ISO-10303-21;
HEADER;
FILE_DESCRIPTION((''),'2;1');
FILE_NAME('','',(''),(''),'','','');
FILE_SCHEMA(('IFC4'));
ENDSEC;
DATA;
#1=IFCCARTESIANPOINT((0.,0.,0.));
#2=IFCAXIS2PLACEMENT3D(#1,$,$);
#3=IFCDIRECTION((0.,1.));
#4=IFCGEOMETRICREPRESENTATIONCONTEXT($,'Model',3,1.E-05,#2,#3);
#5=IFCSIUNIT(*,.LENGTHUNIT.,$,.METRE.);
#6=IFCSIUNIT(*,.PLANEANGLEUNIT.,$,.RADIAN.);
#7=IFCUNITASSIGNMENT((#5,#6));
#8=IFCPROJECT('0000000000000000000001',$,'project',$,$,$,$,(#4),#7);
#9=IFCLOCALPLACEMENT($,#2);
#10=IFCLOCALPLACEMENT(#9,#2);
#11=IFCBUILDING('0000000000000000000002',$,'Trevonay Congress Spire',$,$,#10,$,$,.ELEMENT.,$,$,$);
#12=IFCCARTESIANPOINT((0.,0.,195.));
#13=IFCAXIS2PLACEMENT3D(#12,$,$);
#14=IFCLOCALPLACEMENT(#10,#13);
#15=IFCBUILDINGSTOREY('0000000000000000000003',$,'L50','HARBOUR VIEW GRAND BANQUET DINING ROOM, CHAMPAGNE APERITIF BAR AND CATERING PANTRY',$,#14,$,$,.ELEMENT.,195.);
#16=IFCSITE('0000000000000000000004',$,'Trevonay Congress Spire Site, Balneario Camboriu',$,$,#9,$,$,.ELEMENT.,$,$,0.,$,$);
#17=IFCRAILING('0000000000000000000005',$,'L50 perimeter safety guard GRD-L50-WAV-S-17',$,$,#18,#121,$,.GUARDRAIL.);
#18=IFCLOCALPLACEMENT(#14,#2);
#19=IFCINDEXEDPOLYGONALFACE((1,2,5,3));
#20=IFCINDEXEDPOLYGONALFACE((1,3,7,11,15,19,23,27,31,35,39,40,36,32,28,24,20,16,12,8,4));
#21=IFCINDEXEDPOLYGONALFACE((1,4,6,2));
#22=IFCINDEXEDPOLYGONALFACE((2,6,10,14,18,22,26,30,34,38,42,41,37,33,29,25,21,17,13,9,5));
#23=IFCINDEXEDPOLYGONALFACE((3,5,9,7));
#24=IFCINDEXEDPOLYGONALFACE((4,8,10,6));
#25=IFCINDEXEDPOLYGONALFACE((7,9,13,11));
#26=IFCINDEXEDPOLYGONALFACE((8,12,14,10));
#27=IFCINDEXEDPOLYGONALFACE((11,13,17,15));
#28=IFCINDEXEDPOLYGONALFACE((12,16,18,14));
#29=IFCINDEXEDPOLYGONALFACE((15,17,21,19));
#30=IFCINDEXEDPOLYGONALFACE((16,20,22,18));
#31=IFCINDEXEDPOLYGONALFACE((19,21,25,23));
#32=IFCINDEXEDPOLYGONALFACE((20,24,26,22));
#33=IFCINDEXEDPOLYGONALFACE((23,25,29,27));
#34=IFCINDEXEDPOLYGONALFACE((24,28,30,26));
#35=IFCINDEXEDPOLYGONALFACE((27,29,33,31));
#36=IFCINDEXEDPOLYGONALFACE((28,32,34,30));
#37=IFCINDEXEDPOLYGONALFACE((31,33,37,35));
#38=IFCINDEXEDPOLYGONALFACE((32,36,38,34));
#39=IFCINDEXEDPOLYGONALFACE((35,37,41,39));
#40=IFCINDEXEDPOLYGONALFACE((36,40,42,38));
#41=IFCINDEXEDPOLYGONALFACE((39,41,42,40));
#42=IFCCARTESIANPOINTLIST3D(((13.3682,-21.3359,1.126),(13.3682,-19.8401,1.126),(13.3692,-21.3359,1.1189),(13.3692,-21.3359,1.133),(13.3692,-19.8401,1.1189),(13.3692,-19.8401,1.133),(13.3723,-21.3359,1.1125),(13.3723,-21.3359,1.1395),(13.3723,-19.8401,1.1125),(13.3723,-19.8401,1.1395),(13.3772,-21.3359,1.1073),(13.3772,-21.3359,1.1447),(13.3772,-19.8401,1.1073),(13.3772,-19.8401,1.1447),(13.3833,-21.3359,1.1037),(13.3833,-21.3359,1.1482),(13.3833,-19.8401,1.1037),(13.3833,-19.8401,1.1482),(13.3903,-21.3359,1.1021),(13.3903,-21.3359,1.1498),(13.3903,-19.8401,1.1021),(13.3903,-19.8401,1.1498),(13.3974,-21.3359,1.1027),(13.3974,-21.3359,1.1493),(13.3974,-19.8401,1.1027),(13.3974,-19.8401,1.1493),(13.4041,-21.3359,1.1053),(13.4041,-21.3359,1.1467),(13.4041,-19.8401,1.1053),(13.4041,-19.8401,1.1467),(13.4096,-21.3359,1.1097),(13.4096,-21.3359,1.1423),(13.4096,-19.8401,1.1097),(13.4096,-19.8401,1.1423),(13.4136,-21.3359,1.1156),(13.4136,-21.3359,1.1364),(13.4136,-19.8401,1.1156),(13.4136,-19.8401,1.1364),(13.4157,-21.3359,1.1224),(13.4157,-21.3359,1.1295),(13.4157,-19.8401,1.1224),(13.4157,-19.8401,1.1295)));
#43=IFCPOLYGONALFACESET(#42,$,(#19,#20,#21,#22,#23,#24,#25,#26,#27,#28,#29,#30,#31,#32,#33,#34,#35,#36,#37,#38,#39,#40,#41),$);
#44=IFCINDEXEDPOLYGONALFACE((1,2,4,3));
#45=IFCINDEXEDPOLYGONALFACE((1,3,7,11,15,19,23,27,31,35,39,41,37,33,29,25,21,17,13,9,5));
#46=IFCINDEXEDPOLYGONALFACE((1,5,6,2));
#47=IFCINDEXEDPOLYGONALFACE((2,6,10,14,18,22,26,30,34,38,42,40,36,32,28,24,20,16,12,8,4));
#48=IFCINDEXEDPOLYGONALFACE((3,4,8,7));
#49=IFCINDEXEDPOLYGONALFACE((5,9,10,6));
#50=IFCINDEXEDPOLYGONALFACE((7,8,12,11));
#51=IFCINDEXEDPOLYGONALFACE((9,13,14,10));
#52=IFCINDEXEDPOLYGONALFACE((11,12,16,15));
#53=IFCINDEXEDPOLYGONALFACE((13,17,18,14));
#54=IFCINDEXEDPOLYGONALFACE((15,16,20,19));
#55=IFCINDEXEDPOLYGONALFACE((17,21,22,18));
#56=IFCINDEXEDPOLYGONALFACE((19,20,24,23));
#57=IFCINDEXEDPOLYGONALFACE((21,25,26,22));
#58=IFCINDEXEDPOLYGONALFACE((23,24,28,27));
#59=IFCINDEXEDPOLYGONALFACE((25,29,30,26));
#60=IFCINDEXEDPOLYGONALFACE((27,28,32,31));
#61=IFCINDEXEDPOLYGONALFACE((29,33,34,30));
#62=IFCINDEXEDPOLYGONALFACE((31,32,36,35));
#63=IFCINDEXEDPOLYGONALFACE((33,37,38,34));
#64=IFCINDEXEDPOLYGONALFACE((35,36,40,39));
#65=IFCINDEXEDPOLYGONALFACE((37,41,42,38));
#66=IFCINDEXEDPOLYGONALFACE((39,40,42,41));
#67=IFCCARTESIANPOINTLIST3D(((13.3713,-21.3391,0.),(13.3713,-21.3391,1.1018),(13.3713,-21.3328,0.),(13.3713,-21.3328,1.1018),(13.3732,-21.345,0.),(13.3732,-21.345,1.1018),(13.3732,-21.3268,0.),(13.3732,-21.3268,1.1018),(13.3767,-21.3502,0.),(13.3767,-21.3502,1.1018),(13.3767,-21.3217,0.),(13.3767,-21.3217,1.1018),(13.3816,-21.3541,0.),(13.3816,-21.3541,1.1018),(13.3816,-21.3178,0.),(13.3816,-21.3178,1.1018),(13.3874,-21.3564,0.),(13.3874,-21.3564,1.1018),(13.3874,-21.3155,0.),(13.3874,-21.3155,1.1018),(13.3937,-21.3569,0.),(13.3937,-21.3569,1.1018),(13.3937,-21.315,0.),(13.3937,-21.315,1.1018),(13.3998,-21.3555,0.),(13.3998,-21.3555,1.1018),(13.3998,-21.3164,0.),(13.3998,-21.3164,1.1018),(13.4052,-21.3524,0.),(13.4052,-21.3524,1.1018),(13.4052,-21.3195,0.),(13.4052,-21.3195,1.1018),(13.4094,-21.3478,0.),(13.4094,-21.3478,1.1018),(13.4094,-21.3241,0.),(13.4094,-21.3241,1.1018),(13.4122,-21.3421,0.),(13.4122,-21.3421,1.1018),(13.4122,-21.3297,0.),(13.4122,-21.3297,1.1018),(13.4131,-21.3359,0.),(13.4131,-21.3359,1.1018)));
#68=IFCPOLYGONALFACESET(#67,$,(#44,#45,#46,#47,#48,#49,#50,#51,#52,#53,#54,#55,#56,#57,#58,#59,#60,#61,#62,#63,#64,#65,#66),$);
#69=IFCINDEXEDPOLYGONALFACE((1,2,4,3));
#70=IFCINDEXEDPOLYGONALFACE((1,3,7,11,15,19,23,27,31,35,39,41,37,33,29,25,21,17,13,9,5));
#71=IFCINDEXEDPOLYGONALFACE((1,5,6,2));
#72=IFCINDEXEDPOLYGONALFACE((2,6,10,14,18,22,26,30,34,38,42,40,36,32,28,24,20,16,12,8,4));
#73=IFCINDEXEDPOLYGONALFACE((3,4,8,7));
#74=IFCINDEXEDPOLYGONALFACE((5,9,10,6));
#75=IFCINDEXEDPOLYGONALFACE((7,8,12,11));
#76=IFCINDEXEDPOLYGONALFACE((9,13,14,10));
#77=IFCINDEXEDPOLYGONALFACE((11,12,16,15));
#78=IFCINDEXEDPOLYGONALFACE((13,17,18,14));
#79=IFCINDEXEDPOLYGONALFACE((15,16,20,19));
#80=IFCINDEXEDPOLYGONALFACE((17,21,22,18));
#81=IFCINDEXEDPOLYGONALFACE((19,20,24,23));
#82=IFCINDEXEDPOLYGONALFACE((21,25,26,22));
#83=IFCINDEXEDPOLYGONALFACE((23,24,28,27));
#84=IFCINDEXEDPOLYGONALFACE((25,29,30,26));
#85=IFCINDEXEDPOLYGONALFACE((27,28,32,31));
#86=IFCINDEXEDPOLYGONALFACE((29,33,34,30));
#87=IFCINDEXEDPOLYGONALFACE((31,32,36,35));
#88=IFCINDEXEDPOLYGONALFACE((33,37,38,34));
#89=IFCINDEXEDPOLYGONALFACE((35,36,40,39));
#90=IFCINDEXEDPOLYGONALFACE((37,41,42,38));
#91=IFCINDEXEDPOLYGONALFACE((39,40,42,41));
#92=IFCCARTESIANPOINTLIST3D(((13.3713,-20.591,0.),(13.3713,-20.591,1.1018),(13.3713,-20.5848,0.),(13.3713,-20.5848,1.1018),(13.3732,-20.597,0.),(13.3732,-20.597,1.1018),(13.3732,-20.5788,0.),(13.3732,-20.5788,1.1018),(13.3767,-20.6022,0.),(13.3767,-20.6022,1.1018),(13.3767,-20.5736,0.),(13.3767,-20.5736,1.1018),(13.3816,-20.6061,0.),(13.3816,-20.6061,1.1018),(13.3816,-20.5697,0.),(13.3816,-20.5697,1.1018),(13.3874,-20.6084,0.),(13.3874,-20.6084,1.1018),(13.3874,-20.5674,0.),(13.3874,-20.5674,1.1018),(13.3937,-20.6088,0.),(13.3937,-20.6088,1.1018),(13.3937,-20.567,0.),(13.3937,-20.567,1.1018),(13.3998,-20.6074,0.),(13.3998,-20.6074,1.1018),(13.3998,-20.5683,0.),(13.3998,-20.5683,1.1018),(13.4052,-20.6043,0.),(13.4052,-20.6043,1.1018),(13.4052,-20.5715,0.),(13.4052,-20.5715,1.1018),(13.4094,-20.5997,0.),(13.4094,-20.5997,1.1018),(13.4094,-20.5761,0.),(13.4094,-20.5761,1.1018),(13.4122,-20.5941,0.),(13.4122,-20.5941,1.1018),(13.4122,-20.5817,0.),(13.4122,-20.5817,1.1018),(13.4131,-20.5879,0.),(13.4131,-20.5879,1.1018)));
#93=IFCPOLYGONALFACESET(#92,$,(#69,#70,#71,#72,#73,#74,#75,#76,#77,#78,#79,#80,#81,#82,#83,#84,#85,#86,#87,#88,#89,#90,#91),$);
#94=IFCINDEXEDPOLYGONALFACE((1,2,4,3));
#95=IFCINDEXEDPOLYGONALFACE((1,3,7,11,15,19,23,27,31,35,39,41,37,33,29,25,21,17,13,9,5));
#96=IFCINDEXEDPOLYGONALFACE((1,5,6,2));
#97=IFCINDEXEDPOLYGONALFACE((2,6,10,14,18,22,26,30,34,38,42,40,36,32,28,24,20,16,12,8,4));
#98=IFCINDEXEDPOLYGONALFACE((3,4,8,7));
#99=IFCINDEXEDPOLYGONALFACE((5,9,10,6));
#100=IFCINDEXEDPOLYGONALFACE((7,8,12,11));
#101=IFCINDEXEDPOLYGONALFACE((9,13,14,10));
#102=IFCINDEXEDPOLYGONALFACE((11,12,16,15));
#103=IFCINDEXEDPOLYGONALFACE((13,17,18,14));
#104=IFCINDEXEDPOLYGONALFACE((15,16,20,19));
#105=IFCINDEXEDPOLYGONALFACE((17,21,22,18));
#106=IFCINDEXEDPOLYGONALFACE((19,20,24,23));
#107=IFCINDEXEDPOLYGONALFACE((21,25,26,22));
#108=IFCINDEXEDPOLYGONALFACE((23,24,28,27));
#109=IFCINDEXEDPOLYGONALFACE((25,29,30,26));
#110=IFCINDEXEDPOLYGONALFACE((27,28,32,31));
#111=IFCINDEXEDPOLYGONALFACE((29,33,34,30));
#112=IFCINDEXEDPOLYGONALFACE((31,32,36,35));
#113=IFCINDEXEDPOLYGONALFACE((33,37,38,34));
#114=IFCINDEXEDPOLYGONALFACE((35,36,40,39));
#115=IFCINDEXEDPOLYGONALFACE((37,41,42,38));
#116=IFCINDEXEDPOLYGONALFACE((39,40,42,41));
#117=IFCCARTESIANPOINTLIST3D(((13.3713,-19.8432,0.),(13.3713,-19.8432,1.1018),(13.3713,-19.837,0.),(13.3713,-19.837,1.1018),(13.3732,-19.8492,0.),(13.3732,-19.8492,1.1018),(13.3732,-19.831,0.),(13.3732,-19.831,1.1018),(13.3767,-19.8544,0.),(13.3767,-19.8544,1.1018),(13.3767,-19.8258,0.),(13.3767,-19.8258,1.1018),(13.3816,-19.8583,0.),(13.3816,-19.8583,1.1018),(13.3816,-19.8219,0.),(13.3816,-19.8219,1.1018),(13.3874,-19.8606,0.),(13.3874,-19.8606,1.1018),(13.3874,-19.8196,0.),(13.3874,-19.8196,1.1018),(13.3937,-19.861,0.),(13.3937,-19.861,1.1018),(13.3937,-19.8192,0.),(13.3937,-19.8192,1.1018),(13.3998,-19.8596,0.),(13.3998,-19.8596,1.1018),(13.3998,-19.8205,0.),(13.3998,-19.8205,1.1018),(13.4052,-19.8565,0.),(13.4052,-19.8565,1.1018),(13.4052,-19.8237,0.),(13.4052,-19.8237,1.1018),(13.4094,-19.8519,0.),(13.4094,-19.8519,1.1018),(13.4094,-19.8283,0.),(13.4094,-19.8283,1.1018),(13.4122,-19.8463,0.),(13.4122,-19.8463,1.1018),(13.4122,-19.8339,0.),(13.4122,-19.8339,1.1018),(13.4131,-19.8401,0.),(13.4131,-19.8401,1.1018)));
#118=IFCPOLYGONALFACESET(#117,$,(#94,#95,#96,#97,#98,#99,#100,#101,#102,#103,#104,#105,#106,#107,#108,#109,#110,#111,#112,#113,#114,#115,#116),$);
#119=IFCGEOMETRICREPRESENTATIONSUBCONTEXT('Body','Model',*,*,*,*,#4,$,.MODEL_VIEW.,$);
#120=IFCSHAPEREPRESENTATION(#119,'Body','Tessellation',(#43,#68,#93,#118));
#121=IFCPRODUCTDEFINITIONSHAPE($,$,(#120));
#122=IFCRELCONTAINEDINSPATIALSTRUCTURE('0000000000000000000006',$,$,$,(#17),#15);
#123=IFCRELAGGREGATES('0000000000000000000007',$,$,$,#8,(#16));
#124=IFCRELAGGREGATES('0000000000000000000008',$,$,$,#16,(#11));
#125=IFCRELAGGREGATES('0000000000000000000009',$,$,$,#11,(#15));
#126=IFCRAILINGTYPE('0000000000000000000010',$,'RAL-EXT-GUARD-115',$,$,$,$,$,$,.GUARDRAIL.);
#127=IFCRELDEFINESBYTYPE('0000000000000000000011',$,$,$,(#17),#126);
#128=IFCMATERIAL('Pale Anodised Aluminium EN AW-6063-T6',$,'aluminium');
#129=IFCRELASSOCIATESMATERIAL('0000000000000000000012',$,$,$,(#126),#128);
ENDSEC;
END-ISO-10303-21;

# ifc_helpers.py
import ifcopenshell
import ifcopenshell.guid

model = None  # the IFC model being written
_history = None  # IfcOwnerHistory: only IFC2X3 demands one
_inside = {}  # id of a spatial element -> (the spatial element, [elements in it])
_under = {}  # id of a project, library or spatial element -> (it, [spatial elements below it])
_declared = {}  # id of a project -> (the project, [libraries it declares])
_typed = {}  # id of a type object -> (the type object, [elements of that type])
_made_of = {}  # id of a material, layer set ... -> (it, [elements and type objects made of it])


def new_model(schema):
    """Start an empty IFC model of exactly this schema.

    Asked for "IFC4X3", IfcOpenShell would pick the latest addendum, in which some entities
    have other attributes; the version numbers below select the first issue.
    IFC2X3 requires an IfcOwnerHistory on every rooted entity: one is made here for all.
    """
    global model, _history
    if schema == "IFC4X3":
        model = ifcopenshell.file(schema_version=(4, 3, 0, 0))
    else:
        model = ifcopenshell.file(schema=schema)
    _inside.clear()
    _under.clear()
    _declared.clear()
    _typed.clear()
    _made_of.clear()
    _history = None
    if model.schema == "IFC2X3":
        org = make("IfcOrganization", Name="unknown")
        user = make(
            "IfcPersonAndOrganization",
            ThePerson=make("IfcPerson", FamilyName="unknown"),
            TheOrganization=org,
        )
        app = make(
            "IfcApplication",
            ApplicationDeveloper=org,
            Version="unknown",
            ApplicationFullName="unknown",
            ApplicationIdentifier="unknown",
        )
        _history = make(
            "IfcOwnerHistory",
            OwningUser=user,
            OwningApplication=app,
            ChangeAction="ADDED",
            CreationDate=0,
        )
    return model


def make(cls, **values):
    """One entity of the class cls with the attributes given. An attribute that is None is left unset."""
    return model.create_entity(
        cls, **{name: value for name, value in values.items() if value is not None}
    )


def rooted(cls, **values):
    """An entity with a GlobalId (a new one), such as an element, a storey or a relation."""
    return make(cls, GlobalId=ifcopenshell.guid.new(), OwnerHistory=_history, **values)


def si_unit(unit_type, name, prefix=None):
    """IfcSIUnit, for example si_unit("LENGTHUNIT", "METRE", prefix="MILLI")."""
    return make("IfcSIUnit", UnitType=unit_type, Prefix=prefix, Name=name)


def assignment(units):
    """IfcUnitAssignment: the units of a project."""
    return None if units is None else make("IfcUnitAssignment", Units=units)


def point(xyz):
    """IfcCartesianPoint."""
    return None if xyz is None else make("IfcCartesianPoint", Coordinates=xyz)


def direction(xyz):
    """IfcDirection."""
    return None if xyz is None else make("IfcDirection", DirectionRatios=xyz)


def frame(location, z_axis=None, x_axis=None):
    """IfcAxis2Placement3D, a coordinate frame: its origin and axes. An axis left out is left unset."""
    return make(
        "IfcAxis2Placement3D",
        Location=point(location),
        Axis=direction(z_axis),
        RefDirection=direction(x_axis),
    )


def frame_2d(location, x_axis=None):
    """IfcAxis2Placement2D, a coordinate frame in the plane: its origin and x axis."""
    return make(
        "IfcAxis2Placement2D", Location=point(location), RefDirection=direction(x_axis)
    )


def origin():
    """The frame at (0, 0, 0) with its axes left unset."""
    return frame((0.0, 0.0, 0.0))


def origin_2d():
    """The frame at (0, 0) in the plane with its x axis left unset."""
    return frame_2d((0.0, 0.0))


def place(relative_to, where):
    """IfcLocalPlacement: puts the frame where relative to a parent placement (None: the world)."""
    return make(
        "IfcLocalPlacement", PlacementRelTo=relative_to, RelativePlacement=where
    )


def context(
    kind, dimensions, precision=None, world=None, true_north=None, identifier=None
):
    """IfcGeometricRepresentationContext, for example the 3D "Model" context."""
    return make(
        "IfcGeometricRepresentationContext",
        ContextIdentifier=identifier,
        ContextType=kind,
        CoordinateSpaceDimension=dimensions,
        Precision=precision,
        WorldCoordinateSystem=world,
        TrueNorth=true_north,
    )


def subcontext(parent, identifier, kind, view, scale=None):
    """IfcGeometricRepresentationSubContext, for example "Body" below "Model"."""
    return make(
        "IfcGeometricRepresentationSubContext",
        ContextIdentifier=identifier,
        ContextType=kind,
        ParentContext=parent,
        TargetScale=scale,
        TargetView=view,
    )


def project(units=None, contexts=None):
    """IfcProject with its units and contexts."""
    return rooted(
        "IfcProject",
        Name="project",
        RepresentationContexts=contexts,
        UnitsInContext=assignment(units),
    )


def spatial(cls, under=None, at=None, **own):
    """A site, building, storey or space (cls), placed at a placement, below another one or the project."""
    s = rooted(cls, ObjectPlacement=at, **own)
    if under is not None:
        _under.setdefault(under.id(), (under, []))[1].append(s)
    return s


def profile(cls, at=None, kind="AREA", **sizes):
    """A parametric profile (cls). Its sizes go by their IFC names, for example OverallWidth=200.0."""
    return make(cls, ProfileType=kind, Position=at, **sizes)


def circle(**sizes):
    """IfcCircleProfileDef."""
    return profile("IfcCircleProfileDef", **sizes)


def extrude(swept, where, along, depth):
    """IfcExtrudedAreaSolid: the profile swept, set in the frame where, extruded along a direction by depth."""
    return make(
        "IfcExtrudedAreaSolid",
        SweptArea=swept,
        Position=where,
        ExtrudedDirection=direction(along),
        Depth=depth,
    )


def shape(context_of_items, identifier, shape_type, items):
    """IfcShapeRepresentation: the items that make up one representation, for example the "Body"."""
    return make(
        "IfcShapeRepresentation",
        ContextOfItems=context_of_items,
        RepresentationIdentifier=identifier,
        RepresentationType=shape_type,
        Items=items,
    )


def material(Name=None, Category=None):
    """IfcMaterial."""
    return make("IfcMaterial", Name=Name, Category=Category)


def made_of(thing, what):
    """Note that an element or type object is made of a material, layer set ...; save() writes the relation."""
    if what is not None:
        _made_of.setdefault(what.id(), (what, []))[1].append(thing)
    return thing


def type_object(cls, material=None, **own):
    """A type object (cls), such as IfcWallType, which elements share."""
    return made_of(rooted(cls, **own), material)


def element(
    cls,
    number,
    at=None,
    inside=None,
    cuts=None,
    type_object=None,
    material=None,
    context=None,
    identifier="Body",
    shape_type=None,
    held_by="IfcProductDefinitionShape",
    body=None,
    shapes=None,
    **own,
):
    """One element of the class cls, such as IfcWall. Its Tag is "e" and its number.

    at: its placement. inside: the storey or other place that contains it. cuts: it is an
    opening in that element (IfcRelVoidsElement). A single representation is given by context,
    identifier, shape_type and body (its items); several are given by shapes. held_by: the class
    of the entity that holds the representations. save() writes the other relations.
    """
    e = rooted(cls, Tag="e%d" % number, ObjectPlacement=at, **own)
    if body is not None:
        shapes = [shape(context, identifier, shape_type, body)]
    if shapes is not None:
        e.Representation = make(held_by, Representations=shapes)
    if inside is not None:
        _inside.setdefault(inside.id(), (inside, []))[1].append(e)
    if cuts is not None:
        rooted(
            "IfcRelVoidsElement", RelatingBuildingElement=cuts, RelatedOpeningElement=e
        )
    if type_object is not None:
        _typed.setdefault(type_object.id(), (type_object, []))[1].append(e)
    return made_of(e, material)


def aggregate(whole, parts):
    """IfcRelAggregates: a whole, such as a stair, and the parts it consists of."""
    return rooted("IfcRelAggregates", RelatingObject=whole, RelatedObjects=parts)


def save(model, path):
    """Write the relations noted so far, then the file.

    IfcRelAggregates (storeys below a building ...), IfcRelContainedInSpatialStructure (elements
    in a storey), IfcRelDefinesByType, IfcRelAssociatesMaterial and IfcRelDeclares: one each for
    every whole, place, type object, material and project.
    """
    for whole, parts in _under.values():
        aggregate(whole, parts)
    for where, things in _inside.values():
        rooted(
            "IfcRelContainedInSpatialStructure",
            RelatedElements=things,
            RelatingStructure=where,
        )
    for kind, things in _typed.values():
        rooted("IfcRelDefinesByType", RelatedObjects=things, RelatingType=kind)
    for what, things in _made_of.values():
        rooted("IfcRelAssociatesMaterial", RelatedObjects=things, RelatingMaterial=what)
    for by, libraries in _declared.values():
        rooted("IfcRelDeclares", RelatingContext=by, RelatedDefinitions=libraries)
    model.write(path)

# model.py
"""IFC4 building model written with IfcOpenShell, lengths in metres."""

from ifc_helpers import new_model, si_unit, direction, frame, origin, origin_2d, place, context, subcontext, project, spatial, circle, extrude, material, type_object, element, save


model = new_model("IFC4")

# Units and contexts
model_context = context("Model", 3, precision=1e-05, world=origin(), true_north=direction((0.0, 1.0)))
body_context = subcontext(model_context, "Body", "Model", "MODEL_VIEW")
ifc_project = project(units=[si_unit("LENGTHUNIT", "METRE"), si_unit("PLANEANGLEUNIT", "RADIAN")], contexts=[model_context])

# Site, building, storey
site_placement = place(None, origin())
site = spatial("IfcSite", under=ifc_project, at=site_placement, Name="Trevonay Congress Spire Site, Balneario Camboriu", CompositionType="ELEMENT", RefElevation=0.0)
building_placement = place(site_placement, origin())
building = spatial("IfcBuilding", under=site, at=building_placement, Name="Trevonay Congress Spire", CompositionType="ELEMENT")
storey_placement = place(building_placement, frame((0.0, 0.0, 195.0)))
storey = spatial("IfcBuildingStorey", under=building, at=storey_placement, Name="L50", Description="HARBOUR VIEW GRAND BANQUET DINING ROOM, CHAMPAGNE APERITIF BAR AND CATERING PANTRY", CompositionType="ELEMENT", Elevation=195.0)

# Shared definitions
ifc_material_1 = material(Name="Pale Anodised Aluminium EN AW-6063-T6", Category="aluminium")

# Railing
railing_type = type_object("IfcRailingType", Name="RAL-EXT-GUARD-115", PredefinedType="GUARDRAIL", material=ifc_material_1)
railing_1_placement = place(storey_placement, frame((13.3921, -21.3359, 0.0)))
element("IfcRailing", 1, at=railing_1_placement, inside=storey, type_object=railing_type, Name="L50 perimeter safety guard GRD-L50-WAV-S-17", PredefinedType="GUARDRAIL", context=body_context, shape_type="SweptSolid", body=[
    extrude(circle(Radius=0.0239, at=origin_2d()), frame((0.0, 0.0, 1.126), z_axis=(0.0, 1.0, 0.0), x_axis=(-1.0, 0.0, 0.0)), (0.0, 0.0, 1.0), 1.4958),
    extrude(circle(Radius=0.021, at=origin_2d()), origin(), (0.0, 0.0, 1.0), 1.1018),
    extrude(circle(Radius=0.021, at=origin_2d()), frame((0.0, 0.748, 0.0)), (0.0, 0.0, 1.0), 1.1018),
    extrude(circle(Radius=0.021, at=origin_2d()), frame((0.0, 1.4958, 0.0)), (0.0, 0.0, 1.0), 1.1018),
])

save(model, "model.ifc")
